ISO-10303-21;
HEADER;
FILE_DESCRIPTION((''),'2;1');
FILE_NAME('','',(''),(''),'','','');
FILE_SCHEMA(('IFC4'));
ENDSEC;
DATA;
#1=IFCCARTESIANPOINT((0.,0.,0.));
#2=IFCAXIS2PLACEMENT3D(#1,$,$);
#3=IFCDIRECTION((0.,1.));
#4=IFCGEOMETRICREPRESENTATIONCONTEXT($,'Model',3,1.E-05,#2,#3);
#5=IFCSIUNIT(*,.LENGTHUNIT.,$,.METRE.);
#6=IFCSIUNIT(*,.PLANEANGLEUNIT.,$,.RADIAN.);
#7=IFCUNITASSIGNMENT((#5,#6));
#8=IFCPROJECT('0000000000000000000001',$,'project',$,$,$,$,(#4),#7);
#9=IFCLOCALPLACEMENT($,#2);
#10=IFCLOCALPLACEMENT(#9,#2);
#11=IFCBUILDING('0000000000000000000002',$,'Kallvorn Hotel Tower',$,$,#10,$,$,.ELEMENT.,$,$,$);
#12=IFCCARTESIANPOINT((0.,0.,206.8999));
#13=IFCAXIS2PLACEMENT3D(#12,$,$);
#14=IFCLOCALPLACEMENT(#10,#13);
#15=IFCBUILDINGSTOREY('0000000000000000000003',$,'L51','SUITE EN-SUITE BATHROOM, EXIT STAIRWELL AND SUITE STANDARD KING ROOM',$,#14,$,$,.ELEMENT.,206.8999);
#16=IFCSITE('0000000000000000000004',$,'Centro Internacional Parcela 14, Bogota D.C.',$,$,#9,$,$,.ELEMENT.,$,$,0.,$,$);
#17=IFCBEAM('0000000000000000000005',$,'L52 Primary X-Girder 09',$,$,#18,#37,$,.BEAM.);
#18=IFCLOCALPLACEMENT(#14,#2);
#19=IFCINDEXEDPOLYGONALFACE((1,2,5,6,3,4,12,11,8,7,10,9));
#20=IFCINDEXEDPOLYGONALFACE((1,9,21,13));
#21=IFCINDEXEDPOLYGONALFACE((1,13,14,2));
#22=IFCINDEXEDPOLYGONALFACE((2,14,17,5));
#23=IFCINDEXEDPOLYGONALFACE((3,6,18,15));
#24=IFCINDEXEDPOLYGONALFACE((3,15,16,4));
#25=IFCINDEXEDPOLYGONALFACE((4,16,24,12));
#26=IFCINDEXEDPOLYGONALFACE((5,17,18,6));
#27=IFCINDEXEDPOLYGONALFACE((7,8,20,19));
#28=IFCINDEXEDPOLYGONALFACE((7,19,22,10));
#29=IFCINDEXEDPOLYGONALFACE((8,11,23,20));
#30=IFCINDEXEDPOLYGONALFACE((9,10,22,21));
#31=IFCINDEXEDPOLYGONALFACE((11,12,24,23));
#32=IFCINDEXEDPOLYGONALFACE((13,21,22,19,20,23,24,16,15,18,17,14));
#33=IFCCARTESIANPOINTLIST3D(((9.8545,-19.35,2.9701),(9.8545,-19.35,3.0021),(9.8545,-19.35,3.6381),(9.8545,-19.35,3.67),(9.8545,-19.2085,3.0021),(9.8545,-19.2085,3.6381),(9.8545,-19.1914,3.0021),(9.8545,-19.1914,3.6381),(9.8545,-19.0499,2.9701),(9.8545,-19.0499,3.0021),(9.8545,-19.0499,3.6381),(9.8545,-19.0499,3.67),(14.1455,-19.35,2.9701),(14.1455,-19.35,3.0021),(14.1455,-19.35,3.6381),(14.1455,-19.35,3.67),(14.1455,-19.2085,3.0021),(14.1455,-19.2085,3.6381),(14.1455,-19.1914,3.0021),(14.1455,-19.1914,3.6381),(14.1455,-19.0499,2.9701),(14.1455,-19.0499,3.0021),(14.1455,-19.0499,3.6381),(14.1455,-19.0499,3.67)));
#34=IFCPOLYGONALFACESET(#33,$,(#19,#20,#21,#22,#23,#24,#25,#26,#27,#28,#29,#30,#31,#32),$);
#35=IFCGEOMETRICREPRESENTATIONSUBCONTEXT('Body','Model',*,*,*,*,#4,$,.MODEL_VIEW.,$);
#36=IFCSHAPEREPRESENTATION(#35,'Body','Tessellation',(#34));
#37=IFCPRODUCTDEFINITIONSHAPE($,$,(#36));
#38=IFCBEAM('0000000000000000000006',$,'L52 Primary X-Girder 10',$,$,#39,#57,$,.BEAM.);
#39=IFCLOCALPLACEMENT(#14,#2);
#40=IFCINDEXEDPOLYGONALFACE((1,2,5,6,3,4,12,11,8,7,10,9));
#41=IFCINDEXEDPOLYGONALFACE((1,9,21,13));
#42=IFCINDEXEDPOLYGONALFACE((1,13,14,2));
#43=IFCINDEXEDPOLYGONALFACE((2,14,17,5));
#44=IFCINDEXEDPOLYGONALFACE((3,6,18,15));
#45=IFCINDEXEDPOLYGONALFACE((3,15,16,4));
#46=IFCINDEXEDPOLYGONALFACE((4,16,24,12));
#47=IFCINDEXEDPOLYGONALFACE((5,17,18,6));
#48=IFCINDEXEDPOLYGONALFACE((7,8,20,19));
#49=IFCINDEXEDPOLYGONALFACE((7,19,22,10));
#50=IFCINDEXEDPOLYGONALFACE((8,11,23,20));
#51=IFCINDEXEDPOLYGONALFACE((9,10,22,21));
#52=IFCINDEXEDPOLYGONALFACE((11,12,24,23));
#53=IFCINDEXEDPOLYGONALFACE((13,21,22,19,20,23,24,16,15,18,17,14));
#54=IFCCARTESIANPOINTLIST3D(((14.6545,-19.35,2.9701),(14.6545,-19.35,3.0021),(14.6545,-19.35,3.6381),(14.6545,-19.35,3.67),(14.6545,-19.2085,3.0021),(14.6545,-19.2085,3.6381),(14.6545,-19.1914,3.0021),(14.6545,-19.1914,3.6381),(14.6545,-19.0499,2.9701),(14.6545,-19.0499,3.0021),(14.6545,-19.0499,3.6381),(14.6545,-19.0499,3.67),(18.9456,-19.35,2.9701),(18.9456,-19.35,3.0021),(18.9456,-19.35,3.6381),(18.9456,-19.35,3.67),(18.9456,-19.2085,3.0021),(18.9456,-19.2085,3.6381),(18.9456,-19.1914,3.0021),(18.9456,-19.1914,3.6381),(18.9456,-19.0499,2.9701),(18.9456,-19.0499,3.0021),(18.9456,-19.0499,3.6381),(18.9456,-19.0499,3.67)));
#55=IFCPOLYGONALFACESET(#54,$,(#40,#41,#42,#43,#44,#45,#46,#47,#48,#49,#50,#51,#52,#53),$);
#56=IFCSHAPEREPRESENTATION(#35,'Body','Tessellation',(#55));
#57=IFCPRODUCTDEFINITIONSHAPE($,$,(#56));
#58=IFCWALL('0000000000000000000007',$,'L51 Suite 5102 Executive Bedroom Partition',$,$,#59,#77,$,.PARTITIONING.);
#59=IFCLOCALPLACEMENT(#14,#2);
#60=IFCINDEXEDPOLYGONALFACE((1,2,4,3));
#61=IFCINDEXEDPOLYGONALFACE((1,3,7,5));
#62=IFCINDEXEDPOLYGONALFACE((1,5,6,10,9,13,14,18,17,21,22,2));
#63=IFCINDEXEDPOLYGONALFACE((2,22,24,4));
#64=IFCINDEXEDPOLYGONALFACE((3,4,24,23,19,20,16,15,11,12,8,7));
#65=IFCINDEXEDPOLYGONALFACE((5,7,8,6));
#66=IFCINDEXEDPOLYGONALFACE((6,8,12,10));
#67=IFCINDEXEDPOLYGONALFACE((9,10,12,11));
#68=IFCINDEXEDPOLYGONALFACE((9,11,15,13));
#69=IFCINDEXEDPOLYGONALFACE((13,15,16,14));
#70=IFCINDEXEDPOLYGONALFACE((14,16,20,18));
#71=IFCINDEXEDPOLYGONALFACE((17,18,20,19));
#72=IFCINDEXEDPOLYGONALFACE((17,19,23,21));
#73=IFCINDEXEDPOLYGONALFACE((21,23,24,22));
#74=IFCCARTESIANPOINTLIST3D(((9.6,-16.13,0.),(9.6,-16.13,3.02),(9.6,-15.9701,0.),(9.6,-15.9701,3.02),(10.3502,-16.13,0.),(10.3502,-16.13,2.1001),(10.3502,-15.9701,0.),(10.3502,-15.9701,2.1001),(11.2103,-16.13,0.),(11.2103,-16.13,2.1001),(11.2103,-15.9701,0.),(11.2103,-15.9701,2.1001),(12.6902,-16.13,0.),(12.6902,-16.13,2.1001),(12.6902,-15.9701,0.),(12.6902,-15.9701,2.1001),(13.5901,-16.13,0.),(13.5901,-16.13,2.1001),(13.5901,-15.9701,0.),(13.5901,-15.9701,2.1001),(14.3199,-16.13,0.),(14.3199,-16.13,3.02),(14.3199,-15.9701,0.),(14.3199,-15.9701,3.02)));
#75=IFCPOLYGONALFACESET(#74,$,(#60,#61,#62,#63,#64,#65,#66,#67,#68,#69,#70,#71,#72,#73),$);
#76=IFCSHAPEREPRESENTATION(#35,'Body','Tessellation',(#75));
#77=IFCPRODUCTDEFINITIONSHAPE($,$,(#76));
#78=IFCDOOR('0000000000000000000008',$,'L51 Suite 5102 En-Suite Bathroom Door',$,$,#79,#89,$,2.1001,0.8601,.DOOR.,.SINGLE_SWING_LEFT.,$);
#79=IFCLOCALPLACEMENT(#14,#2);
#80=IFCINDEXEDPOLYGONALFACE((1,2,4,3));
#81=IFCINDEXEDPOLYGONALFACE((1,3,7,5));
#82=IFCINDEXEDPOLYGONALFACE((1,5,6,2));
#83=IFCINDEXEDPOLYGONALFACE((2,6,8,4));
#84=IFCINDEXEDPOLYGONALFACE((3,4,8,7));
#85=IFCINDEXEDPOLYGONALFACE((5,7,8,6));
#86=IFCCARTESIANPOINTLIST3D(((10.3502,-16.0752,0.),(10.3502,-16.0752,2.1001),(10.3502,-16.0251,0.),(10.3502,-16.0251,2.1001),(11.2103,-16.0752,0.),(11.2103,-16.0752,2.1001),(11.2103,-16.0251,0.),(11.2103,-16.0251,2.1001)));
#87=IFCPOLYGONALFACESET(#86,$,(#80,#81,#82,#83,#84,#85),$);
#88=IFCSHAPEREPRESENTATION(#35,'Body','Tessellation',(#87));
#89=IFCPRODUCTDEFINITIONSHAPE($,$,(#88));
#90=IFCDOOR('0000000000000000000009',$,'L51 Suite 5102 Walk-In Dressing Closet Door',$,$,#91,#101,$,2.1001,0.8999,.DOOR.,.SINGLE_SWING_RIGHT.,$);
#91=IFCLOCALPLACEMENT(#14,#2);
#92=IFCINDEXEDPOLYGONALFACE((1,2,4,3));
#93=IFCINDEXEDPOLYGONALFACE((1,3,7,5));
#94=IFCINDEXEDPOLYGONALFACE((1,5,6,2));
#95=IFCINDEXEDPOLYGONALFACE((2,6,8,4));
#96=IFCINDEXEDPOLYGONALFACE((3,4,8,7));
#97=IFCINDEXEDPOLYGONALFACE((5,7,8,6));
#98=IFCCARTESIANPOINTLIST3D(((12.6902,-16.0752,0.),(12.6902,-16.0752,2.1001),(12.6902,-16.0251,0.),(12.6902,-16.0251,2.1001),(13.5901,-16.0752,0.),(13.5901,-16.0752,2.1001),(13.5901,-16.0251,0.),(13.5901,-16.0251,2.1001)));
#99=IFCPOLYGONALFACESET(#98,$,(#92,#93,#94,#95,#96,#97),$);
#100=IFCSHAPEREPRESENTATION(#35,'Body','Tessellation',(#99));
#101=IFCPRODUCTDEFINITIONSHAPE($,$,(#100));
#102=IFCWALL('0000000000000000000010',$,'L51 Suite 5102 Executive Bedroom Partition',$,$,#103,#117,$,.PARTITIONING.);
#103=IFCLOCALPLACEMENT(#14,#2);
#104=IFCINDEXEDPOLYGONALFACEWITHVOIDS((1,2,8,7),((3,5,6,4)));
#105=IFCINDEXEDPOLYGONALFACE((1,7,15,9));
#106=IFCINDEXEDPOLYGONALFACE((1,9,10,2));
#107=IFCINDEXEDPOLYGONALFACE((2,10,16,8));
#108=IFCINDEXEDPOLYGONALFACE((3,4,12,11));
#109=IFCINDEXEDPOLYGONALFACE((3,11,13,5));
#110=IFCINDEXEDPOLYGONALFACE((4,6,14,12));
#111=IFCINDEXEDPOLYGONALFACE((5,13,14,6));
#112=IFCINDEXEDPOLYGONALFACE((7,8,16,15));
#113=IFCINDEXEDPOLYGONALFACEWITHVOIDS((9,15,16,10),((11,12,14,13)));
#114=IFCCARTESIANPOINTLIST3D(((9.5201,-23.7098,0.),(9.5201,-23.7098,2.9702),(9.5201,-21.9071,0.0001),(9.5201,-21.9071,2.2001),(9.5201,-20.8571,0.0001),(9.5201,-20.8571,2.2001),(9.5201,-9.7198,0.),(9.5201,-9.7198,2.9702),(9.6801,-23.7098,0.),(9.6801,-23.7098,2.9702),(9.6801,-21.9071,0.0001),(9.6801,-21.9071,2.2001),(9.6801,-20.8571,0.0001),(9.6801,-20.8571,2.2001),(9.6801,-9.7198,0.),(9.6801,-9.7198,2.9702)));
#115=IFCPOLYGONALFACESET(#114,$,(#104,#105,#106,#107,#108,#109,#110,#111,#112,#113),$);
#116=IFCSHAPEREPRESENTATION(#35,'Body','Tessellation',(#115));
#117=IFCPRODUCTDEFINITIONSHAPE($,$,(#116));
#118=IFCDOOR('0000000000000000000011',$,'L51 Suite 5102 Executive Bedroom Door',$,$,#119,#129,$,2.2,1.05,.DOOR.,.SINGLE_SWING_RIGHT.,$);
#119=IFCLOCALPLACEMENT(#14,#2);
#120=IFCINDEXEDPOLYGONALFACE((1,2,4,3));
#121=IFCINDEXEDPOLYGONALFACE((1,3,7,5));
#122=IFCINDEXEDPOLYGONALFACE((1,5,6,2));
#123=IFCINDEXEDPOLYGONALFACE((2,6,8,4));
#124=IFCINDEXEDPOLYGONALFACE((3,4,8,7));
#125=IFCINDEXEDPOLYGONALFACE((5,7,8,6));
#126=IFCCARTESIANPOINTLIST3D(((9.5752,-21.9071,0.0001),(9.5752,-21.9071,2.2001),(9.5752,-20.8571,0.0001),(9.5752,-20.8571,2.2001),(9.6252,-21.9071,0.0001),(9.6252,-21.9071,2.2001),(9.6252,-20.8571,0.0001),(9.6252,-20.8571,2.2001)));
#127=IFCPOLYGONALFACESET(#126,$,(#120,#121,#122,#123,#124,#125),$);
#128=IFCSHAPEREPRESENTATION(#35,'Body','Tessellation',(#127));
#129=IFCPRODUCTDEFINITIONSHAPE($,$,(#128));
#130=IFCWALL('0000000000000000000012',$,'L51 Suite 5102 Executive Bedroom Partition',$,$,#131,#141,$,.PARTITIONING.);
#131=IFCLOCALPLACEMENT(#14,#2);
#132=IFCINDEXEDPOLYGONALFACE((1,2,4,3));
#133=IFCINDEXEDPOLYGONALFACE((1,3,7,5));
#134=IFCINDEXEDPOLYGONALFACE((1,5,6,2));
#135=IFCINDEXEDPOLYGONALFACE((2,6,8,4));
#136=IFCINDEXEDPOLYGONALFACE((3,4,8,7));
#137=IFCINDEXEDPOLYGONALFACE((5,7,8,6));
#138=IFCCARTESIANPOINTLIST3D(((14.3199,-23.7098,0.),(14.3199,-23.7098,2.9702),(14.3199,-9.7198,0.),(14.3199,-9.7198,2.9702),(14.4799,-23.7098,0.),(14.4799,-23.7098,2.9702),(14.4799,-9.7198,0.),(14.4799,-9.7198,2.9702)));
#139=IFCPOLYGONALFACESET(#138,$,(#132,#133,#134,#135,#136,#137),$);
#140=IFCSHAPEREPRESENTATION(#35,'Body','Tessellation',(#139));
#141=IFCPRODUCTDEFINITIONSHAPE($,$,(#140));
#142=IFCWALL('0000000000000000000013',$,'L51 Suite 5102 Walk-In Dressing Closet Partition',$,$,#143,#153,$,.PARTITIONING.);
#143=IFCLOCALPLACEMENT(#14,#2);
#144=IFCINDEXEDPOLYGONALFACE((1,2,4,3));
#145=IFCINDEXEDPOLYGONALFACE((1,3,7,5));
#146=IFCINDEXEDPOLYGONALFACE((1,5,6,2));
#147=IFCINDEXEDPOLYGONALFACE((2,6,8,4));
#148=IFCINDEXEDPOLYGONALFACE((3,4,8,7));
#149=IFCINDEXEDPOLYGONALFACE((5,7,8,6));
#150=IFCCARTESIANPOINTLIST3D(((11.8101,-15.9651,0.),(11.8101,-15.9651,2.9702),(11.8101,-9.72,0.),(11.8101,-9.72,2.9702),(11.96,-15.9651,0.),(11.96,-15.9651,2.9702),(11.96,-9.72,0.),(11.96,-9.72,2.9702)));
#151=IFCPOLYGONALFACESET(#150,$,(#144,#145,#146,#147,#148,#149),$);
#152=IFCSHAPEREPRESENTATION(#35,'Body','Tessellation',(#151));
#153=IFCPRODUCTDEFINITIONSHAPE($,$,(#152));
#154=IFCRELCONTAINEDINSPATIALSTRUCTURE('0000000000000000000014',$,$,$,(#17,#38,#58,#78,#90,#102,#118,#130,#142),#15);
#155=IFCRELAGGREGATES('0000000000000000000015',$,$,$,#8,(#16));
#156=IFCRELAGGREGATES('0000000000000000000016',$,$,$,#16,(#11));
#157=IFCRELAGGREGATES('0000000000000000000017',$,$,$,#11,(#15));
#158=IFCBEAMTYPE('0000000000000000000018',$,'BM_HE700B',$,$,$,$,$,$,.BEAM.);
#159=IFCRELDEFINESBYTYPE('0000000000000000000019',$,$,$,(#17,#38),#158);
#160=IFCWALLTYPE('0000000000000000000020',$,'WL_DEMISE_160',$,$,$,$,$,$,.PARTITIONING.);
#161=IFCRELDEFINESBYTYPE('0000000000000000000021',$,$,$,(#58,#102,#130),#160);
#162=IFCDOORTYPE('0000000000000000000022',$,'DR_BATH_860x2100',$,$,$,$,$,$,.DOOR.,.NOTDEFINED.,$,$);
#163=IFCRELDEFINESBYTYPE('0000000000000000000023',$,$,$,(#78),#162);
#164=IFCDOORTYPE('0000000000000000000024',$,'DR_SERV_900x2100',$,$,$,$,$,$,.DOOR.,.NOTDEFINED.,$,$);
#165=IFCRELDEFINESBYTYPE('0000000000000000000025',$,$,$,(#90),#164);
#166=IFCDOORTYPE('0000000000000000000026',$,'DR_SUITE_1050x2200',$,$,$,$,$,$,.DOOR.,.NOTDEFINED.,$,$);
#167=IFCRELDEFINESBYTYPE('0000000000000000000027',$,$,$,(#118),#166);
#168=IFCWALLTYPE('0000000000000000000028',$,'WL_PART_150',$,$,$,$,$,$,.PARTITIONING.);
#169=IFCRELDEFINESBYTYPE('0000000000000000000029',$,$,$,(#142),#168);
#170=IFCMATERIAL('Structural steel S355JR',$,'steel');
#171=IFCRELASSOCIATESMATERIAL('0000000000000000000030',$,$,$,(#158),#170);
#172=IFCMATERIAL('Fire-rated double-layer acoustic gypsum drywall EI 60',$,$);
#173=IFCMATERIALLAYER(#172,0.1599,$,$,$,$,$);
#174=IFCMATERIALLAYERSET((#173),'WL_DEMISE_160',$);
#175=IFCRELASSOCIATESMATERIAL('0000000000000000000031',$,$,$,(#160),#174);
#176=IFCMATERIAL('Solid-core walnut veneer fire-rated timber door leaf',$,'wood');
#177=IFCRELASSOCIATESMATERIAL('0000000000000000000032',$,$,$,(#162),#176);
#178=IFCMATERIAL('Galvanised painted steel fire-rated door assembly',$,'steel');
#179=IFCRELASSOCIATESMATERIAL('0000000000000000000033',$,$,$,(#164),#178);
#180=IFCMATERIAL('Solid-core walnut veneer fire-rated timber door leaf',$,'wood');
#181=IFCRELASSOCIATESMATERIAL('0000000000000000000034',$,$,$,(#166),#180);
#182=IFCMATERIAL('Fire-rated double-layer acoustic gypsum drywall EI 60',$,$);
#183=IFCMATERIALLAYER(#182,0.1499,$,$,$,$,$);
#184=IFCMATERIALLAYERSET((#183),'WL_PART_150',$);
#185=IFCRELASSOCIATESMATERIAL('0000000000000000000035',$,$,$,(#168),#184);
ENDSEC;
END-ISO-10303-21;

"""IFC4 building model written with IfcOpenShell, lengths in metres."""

from ifc_helpers import new_model, si_unit, direction, frame, frame_2d, origin, origin_2d, place, context, subcontext, project, spatial, rectangle, i_section, extrude, material, layer, layer_set, material_profile, profile_set, type_object, element, fill, save


model = new_model("IFC4")

# Units and contexts
model_context = context("Model", 3, precision=1e-05, world=origin(), true_north=direction((0.0, 1.0)))
body_context = subcontext(model_context, "Body", "Model", "MODEL_VIEW")
ifc_project = project(units=[si_unit("LENGTHUNIT", "METRE"), si_unit("PLANEANGLEUNIT", "RADIAN")], contexts=[model_context])

# Site, building, storey
site_placement = place(None, origin())
site = spatial("IfcSite", under=ifc_project, at=site_placement, Name="Centro Internacional Parcela 14, Bogota D.C.", CompositionType="ELEMENT", RefElevation=0.0)
building_placement = place(site_placement, origin())
building = spatial("IfcBuilding", under=site, at=building_placement, Name="Kallvorn Hotel Tower", CompositionType="ELEMENT")
storey_placement = place(building_placement, frame((0.0, 0.0, 206.8999)))
storey = spatial("IfcBuildingStorey", under=building, at=storey_placement, Name="L51", Description="SUITE EN-SUITE BATHROOM, EXIT STAIRWELL AND SUITE STANDARD KING ROOM", CompositionType="ELEMENT", Elevation=206.8999)

# Beams
ifc_material_1 = material(Name="Structural steel S355JR", Category="steel")
ifc_material_profile_1 = material_profile(ifc_material_1, i_section(OverallWidth=0.3, OverallDepth=0.7, WebThickness=0.0171, FlangeThickness=0.032, at=origin_2d()), Name="HE 700 B")
ifc_profile_set_1 = profile_set([ifc_material_profile_1], Name="Structural steel S355JR")
beam_type_1 = type_object("IfcBeamType", Name="BM_HE700B", PredefinedType="BEAM", material=ifc_profile_set_1)
for number, where, z_axis, x_axis, name in (
    (1, (9.8545, -19.2, 3.3201), (1.0, 0.0, 0.0), (0.0, 1.0, 0.0), "L52 Primary X-Girder 09"),
    (2, (14.6545, -19.2, 3.3201), (1.0, 0.0, 0.0), (0.0, 1.0, 0.0), "L52 Primary X-Girder 10"),
):
    element("IfcBeam", number, at=place(storey_placement, frame(where, z_axis=z_axis, x_axis=x_axis)), inside=storey, type_object=beam_type_1, Name=name, PredefinedType="BEAM", context=body_context, shape_type="SweptSolid", body=[
        extrude(i_section(OverallWidth=0.3, OverallDepth=0.7, WebThickness=0.0171, FlangeThickness=0.032, at=origin_2d()), origin(), (0.0, 0.0, 1.0), 4.291),
    ])

# Wall, openings, doors
ifc_material_2 = material(Name="Fire-rated double-layer acoustic gypsum drywall EI 60")
ifc_layer_1 = layer(ifc_material_2, 0.1599)
ifc_layer_set_1 = layer_set([ifc_layer_1], Name="WL_DEMISE_160")
wall_type_1 = type_object("IfcWallType", Name="WL_DEMISE_160", PredefinedType="PARTITIONING", material=ifc_layer_set_1)
wall_1_placement = place(storey_placement, frame((9.6001, -16.05, 0.0), z_axis=(0.0, 0.0, 1.0), x_axis=(1.0, 0.0, 0.0)))
wall_1 = element("IfcWall", 3, at=wall_1_placement, inside=storey, type_object=wall_type_1, Name="L51 Suite 5102 Executive Bedroom Partition", PredefinedType="PARTITIONING", context=body_context, shape_type="SweptSolid", body=[
    extrude(rectangle(XDim=4.72, YDim=0.1599, at=frame_2d((2.3599, 0.0))), origin(), (0.0, 0.0, 1.0), 3.02),
])
opening_1_placement = place(wall_1_placement, frame((0.75, 0.0, 0.0)))
opening_1 = element("IfcOpeningElement", 4, at=opening_1_placement, cuts=wall_1, PredefinedType="OPENING", context=body_context, shape_type="SweptSolid", body=[
    extrude(rectangle(XDim=0.8601, YDim=2.1001, at=frame_2d((0.4302, 1.05))), frame((0.0, 0.095, 0.0), z_axis=(0.0, -1.0, 0.0), x_axis=(1.0, 0.0, 0.0)), (0.0, 0.0, 1.0), 0.1899),
])
opening_2_placement = place(wall_1_placement, frame((3.0901, 0.0, 0.0)))
opening_2 = element("IfcOpeningElement", 5, at=opening_2_placement, cuts=wall_1, PredefinedType="OPENING", context=body_context, shape_type="SweptSolid", body=[
    extrude(rectangle(XDim=0.8999, YDim=2.1001, at=frame_2d((0.45, 1.05))), frame((0.0, 0.095, 0.0), z_axis=(0.0, -1.0, 0.0), x_axis=(1.0, 0.0, 0.0)), (0.0, 0.0, 1.0), 0.1899),
])
ifc_material_3 = material(Name="Solid-core walnut veneer fire-rated timber door leaf", Category="wood")
door_type_1 = type_object("IfcDoorType", Name="DR_BATH_860x2100", OperationType="NOTDEFINED", PredefinedType="DOOR", material=ifc_material_3)
door_1_placement = place(opening_1_placement, origin())
door_1 = element("IfcDoor", 6, at=door_1_placement, inside=storey, type_object=door_type_1, Name="L51 Suite 5102 En-Suite Bathroom Door", OperationType="SINGLE_SWING_LEFT", OverallHeight=2.1001, OverallWidth=0.8601, PredefinedType="DOOR", context=body_context, shape_type="SweptSolid", body=[
    extrude(rectangle(XDim=0.8601, YDim=2.1001, at=frame_2d((0.4302, 1.05))), frame((0.0, 0.0249, 0.0), z_axis=(0.0, -1.0, 0.0), x_axis=(1.0, 0.0, 0.0)), (0.0, 0.0, 1.0), 0.05),
])
fill(opening_1, door_1)
ifc_material_4 = material(Name="Galvanised painted steel fire-rated door assembly", Category="steel")
door_type_2 = type_object("IfcDoorType", Name="DR_SERV_900x2100", OperationType="NOTDEFINED", PredefinedType="DOOR", material=ifc_material_4)
door_2_placement = place(opening_2_placement, origin())
door_2 = element("IfcDoor", 7, at=door_2_placement, inside=storey, type_object=door_type_2, Name="L51 Suite 5102 Walk-In Dressing Closet Door", OperationType="SINGLE_SWING_RIGHT", OverallHeight=2.1001, OverallWidth=0.8999, PredefinedType="DOOR", context=body_context, shape_type="SweptSolid", body=[
    extrude(rectangle(XDim=0.8999, YDim=2.1001, at=frame_2d((0.45, 1.05))), frame((0.0, 0.0249, 0.0), z_axis=(0.0, -1.0, 0.0), x_axis=(1.0, 0.0, 0.0)), (0.0, 0.0, 1.0), 0.05),
])
fill(opening_2, door_2)

# Wall, opening, door
wall_2_placement = place(storey_placement, frame((9.6001, -23.71, 0.0), z_axis=(0.0, 0.0, 1.0), x_axis=(0.0, 1.0, 0.0)))
wall_2 = element("IfcWall", 8, at=wall_2_placement, inside=storey, type_object=wall_type_1, Name="L51 Suite 5102 Executive Bedroom Partition", PredefinedType="PARTITIONING", context=body_context, shape_type="SweptSolid", body=[
    extrude(rectangle(XDim=13.99, YDim=0.1599, at=frame_2d((6.9951, 0.0))), origin(), (0.0, 0.0, 1.0), 2.9702),
])
opening_3_placement = place(wall_2_placement, frame((1.803, 0.0, 0.0)))
opening_3 = element("IfcOpeningElement", 9, at=opening_3_placement, cuts=wall_2, PredefinedType="OPENING", context=body_context, shape_type="SweptSolid", body=[
    extrude(rectangle(XDim=1.05, YDim=2.2, at=frame_2d((0.5249, 1.1001))), frame((0.0, 0.095, 0.0), z_axis=(0.0, -1.0, 0.0), x_axis=(1.0, 0.0, 0.0)), (0.0, 0.0, 1.0), 0.1899),
])
ifc_material_5 = material(Name="Solid-core walnut veneer fire-rated timber door leaf", Category="wood")
door_type_3 = type_object("IfcDoorType", Name="DR_SUITE_1050x2200", OperationType="NOTDEFINED", PredefinedType="DOOR", material=ifc_material_5)
door_3_placement = place(opening_3_placement, origin())
door_3 = element("IfcDoor", 10, at=door_3_placement, inside=storey, type_object=door_type_3, Name="L51 Suite 5102 Executive Bedroom Door", OperationType="SINGLE_SWING_RIGHT", OverallHeight=2.2, OverallWidth=1.05, PredefinedType="DOOR", context=body_context, shape_type="SweptSolid", body=[
    extrude(rectangle(XDim=1.05, YDim=2.2, at=frame_2d((0.5249, 1.1001))), frame((0.0, 0.0249, 0.0), z_axis=(0.0, -1.0, 0.0), x_axis=(1.0, 0.0, 0.0)), (0.0, 0.0, 1.0), 0.05),
])
fill(opening_3, door_3)

# Walls
wall_3_placement = place(storey_placement, frame((14.3999, -23.71, 0.0), z_axis=(0.0, 0.0, 1.0), x_axis=(0.0, 1.0, 0.0)))
element("IfcWall", 11, at=wall_3_placement, inside=storey, type_object=wall_type_1, Name="L51 Suite 5102 Executive Bedroom Partition", PredefinedType="PARTITIONING", context=body_context, shape_type="SweptSolid", body=[
    extrude(rectangle(XDim=13.99, YDim=0.1599, at=frame_2d((6.9951, 0.0))), origin(), (0.0, 0.0, 1.0), 2.9702),
])
ifc_material_6 = material(Name="Fire-rated double-layer acoustic gypsum drywall EI 60")
ifc_layer_2 = layer(ifc_material_6, 0.1499)
ifc_layer_set_2 = layer_set([ifc_layer_2], Name="WL_PART_150")
wall_type_2 = type_object("IfcWallType", Name="WL_PART_150", PredefinedType="PARTITIONING", material=ifc_layer_set_2)
wall_4_placement = place(storey_placement, frame((11.885, -15.9651, 0.0), z_axis=(0.0, 0.0, 1.0), x_axis=(0.0, 1.0, 0.0)))
element("IfcWall", 12, at=wall_4_placement, inside=storey, type_object=wall_type_2, Name="L51 Suite 5102 Walk-In Dressing Closet Partition", PredefinedType="PARTITIONING", context=body_context, shape_type="SweptSolid", body=[
    extrude(rectangle(XDim=6.2451, YDim=0.1499, at=frame_2d((3.1226, 0.0))), origin(), (0.0, 0.0, 1.0), 2.9702),
])

save(model, "model.ifc")
